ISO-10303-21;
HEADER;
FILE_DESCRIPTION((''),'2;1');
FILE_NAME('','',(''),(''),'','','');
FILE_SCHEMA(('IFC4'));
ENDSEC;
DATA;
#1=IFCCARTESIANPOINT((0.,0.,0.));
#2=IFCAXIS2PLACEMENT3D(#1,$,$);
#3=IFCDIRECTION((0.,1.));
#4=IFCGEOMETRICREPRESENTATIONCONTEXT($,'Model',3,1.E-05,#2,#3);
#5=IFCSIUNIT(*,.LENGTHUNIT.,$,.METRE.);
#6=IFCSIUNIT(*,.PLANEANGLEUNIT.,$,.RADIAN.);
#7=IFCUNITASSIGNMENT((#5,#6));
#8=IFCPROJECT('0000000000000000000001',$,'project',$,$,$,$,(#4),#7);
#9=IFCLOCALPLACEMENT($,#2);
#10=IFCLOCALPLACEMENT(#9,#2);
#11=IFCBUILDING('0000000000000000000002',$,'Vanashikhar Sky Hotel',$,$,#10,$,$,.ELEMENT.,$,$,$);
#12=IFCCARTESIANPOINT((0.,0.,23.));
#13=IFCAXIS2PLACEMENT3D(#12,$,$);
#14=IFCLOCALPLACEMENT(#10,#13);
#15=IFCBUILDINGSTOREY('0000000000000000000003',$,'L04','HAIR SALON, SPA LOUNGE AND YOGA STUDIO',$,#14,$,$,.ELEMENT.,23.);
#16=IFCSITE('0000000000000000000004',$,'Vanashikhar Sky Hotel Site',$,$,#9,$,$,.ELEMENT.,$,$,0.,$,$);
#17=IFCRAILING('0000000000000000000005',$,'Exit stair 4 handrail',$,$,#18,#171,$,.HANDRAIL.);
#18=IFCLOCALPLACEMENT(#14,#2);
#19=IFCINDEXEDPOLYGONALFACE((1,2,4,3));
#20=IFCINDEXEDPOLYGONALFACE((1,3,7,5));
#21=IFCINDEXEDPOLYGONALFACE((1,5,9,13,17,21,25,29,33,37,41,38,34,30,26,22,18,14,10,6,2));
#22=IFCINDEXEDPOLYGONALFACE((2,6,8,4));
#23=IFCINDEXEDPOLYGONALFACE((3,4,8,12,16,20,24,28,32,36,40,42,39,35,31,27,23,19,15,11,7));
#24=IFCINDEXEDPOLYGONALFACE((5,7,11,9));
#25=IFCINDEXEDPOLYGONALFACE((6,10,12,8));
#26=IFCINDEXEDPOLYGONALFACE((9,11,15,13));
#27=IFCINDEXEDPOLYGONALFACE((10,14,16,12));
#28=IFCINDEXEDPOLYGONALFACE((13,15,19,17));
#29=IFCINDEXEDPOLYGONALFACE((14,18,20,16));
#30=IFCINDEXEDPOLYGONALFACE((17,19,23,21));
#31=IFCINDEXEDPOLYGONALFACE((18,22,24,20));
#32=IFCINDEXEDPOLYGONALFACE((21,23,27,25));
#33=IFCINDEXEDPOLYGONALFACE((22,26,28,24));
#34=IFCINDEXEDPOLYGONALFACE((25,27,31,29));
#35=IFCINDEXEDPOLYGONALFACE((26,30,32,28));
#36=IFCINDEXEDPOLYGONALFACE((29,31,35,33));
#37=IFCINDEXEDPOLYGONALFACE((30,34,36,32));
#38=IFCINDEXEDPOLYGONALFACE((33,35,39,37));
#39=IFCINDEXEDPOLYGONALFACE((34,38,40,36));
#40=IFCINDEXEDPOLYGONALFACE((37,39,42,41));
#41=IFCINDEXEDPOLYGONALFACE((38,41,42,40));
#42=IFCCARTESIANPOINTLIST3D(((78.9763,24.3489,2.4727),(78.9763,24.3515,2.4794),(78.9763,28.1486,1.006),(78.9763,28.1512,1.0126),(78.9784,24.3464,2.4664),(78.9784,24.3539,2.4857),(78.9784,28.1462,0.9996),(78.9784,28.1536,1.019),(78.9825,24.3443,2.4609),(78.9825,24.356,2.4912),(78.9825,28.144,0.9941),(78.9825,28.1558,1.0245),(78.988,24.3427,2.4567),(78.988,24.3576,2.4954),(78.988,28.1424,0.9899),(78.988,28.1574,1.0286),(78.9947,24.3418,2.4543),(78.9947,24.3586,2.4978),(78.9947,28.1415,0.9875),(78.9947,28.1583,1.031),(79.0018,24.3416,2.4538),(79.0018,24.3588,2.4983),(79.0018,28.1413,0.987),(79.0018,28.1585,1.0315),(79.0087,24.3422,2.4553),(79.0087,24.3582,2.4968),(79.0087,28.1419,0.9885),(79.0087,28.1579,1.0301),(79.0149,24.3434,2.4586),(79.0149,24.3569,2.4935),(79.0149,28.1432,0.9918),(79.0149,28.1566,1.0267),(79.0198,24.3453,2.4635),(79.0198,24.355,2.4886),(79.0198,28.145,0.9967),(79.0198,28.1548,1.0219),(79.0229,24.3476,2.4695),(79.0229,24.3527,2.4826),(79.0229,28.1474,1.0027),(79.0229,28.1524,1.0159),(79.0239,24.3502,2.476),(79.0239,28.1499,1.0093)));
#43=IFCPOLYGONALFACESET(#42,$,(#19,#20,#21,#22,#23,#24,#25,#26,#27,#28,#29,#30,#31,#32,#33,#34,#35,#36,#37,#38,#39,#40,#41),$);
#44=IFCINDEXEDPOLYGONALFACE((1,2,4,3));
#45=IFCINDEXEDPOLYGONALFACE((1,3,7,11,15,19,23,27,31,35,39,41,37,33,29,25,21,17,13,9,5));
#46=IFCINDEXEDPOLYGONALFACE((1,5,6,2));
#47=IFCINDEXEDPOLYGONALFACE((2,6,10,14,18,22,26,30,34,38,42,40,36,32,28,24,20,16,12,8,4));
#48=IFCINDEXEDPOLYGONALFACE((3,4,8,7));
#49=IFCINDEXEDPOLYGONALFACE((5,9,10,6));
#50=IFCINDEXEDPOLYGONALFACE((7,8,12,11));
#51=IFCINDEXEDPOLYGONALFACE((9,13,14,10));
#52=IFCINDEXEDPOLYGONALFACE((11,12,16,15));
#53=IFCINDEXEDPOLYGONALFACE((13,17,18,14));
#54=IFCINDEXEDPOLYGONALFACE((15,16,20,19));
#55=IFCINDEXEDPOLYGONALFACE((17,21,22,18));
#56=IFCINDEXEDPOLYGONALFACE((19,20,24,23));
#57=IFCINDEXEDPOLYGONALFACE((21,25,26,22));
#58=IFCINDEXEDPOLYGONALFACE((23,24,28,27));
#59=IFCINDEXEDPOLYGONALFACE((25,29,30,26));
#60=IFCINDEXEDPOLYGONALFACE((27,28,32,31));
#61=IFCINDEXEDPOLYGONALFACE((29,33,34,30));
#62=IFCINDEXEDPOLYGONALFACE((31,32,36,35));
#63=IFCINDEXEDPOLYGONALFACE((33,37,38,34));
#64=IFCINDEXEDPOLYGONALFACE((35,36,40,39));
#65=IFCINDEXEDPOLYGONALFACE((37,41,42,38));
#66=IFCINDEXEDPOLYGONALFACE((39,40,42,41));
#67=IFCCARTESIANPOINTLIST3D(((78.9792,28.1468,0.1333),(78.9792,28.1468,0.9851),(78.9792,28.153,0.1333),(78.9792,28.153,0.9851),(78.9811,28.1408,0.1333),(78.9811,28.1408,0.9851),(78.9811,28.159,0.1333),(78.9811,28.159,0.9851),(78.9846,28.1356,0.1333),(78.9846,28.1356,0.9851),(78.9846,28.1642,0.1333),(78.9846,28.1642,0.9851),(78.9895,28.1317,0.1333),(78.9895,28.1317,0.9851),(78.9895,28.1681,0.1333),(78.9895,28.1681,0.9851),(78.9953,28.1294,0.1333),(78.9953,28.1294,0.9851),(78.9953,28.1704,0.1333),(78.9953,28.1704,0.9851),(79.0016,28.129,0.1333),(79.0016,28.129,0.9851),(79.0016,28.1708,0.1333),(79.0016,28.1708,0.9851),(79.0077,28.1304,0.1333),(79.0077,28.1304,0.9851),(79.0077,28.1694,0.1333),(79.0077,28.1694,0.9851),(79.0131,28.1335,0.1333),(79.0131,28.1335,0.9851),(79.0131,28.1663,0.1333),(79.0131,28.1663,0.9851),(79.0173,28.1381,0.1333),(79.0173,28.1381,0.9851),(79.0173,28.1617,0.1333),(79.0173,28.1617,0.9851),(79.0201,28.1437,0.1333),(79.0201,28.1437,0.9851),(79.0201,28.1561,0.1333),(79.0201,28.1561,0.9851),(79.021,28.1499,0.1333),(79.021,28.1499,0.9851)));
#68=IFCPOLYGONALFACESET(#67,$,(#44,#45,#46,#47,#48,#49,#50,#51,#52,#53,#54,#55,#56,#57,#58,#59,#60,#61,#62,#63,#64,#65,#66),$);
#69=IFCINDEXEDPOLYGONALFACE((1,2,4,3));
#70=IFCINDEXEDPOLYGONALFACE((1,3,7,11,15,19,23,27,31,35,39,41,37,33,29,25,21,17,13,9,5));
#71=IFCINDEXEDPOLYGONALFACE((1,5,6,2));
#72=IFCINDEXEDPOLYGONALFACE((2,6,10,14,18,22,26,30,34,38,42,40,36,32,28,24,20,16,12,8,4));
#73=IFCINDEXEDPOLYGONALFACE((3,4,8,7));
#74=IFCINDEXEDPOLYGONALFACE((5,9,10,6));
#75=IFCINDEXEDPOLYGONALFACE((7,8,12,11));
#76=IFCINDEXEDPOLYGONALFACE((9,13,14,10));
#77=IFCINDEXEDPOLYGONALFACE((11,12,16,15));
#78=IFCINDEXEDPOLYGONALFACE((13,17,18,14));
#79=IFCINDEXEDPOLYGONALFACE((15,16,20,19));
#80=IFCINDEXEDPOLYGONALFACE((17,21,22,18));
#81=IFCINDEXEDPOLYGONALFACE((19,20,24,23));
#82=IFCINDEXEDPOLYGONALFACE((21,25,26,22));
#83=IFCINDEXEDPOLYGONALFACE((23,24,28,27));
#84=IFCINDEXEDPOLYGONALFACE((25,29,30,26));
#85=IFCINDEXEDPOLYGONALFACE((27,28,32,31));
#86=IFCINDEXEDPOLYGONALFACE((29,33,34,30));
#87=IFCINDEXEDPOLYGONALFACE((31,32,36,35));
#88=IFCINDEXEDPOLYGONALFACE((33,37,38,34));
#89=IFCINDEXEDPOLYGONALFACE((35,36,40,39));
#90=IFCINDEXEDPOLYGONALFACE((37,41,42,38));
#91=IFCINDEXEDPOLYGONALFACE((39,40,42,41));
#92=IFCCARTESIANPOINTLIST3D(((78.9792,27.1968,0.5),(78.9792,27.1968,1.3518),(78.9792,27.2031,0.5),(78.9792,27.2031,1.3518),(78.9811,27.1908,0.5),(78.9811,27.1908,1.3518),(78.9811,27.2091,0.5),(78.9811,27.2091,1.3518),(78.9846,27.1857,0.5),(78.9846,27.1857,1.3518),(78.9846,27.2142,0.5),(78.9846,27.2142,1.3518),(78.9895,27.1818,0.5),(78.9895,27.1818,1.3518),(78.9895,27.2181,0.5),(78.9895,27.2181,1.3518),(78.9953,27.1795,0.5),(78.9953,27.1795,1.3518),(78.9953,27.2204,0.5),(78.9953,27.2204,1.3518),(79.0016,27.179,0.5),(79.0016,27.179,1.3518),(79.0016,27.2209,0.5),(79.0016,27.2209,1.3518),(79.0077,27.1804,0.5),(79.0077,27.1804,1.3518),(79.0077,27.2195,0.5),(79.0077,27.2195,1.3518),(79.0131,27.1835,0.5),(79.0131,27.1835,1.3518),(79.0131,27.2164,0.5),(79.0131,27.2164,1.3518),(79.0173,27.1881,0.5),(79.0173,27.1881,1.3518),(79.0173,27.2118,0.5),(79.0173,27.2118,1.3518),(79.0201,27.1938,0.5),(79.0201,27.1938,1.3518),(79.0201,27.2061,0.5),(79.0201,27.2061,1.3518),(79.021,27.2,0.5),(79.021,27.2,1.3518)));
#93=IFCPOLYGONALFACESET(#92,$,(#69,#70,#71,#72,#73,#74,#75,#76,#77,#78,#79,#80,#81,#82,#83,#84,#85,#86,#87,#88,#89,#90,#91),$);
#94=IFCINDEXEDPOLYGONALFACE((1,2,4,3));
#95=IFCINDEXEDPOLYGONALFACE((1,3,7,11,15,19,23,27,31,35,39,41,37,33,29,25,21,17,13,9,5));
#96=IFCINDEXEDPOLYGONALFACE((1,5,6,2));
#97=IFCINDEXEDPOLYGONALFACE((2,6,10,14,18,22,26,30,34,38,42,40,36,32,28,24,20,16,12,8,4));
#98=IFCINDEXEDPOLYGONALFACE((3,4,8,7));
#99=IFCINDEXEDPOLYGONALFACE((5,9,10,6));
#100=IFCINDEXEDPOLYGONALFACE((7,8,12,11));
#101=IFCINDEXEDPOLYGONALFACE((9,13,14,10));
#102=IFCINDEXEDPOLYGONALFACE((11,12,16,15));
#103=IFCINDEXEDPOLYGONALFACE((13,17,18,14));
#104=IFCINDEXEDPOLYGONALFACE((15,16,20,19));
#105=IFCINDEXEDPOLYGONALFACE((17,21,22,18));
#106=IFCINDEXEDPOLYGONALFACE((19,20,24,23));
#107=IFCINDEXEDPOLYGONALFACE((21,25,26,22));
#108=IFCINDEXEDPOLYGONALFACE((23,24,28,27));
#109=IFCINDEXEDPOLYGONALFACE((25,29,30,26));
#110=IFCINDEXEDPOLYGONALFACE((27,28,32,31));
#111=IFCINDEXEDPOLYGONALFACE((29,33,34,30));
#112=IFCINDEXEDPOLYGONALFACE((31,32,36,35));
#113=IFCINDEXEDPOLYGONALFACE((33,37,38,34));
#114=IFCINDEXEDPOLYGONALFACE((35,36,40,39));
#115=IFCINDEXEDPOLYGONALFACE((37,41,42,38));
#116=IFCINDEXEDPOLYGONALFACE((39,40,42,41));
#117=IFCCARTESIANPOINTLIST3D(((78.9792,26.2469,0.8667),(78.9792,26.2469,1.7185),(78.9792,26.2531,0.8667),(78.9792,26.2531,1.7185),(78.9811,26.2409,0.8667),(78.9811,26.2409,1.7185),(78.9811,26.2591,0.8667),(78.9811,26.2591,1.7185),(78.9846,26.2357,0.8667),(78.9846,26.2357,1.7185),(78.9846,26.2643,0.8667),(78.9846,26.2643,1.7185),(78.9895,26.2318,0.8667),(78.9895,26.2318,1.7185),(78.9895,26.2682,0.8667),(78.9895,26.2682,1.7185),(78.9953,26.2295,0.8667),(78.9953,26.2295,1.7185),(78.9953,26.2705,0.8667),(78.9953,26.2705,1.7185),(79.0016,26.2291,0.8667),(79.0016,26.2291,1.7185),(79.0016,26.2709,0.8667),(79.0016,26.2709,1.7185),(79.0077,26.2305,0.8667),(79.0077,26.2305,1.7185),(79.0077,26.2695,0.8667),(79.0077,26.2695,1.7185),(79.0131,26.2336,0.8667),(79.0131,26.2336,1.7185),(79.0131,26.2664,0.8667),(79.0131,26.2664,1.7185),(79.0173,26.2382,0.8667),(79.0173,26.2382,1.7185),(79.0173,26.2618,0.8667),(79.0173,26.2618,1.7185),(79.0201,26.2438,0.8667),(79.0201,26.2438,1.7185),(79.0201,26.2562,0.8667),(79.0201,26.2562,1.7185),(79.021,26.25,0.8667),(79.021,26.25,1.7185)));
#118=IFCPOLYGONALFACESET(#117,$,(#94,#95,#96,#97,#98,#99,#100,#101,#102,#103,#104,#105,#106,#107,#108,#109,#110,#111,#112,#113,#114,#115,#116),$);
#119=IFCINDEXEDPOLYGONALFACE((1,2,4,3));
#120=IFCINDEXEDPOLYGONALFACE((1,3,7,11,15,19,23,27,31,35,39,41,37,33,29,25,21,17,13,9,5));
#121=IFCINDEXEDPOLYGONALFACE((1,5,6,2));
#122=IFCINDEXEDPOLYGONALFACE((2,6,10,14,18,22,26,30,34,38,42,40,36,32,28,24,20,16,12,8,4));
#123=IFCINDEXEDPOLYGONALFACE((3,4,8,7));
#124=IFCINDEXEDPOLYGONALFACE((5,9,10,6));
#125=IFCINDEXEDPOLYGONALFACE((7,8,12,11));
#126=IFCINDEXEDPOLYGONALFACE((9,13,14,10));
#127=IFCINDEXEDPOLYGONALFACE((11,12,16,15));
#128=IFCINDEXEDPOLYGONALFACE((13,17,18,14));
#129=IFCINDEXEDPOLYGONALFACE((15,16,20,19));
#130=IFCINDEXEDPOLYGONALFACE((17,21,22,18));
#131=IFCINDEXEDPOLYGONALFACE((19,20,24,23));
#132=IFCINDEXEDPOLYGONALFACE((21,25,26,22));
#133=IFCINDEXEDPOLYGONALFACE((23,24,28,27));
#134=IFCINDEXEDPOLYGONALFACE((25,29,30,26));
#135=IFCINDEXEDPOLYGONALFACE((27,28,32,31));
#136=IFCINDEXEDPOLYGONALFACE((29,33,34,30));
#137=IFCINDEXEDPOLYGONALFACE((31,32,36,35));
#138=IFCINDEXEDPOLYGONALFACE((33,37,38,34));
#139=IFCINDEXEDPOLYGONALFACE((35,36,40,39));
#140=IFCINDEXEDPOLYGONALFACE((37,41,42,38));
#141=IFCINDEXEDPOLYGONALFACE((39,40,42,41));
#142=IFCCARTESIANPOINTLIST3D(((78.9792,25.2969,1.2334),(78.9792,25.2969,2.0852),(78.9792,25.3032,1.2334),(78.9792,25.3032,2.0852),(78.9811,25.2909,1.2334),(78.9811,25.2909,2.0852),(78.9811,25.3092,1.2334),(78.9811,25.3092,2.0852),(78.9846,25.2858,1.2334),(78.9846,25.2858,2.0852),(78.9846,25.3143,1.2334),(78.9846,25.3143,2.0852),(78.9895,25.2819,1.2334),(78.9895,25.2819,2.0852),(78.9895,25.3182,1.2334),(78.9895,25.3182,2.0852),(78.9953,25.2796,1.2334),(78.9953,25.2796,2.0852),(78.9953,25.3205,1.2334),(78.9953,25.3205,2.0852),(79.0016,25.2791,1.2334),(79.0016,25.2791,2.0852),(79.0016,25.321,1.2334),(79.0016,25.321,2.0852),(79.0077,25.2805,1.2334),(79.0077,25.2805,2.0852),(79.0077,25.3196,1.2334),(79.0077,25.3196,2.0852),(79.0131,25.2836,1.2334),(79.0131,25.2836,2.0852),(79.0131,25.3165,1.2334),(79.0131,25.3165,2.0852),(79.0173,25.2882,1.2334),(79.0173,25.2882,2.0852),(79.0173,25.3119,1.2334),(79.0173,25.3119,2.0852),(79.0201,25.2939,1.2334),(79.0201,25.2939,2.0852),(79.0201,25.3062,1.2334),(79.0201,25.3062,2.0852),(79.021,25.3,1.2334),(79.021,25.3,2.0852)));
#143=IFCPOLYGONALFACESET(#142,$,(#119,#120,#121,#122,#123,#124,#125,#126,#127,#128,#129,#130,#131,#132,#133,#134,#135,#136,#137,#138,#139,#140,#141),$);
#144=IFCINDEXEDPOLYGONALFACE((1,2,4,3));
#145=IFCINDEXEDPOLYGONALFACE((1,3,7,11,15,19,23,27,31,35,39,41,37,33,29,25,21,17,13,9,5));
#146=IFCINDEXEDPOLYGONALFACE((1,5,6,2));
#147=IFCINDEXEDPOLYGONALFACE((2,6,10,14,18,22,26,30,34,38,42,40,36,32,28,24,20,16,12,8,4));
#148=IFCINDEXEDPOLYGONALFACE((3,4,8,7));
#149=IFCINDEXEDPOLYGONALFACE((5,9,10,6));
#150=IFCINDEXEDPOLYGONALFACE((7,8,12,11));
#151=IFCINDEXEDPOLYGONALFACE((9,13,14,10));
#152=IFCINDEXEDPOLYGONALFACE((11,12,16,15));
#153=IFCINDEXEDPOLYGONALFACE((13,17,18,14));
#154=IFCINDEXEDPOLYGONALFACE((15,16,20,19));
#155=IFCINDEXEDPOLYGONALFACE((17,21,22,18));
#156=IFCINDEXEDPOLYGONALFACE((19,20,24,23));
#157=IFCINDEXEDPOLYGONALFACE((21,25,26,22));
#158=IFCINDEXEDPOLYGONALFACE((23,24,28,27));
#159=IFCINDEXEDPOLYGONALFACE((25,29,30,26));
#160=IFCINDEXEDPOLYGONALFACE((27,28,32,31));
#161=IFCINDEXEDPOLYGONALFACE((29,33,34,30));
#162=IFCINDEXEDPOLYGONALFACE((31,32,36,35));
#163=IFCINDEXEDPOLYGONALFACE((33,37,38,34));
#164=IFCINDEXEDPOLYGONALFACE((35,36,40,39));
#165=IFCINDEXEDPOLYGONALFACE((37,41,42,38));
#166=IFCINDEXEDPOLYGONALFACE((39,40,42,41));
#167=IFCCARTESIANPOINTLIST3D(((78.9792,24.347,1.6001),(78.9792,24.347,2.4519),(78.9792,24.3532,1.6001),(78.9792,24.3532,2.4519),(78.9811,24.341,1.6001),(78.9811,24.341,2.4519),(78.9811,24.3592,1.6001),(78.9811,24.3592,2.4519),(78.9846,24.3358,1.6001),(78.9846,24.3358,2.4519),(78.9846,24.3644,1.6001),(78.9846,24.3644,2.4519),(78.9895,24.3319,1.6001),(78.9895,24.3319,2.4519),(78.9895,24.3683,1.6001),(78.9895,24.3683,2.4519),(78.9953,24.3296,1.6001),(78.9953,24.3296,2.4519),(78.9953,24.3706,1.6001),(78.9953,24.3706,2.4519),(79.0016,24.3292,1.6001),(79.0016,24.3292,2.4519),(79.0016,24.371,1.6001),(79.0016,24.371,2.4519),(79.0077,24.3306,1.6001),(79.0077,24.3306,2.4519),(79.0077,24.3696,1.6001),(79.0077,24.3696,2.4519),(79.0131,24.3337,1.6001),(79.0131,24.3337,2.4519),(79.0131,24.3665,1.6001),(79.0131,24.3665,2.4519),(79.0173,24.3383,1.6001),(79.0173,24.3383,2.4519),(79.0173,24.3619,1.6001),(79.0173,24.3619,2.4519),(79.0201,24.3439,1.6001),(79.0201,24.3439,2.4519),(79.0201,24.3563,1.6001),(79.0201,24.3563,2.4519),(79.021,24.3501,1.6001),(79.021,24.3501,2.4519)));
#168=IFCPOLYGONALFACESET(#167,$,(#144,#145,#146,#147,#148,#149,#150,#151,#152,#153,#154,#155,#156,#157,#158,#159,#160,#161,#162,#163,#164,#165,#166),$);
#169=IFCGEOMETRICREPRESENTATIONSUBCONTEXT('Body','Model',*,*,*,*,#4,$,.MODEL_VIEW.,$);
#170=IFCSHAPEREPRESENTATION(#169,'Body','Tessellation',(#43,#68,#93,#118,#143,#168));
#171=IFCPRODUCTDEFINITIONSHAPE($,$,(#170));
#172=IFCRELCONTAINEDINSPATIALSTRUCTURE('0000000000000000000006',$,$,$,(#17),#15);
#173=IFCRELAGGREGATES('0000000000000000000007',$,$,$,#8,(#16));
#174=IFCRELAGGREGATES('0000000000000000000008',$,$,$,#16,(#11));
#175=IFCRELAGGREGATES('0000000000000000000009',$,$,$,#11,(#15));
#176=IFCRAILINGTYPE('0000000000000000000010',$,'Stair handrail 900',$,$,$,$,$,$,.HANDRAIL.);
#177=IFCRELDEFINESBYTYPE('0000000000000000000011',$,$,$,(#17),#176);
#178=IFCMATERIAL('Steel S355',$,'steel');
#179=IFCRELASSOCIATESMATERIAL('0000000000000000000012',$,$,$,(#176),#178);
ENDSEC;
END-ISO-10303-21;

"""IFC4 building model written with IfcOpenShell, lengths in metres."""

from ifc_helpers import new_model, si_unit, direction, frame, origin, origin_2d, place, context, subcontext, project, spatial, circle, extrude, source, transform, mapped, material, type_object, element, save


model = new_model("IFC4")

# Units and contexts
model_context = context("Model", 3, precision=1e-05, world=origin(), true_north=direction((0.0, 1.0)))
body_context = subcontext(model_context, "Body", "Model", "MODEL_VIEW")
ifc_project = project(units=[si_unit("LENGTHUNIT", "METRE"), si_unit("PLANEANGLEUNIT", "RADIAN")], contexts=[model_context])

# Site, building, storey
site_placement = place(None, origin())
site = spatial("IfcSite", under=ifc_project, at=site_placement, Name="Vanashikhar Sky Hotel Site", CompositionType="ELEMENT", RefElevation=0.0)
building_placement = place(site_placement, origin())
building = spatial("IfcBuilding", under=site, at=building_placement, Name="Vanashikhar Sky Hotel", CompositionType="ELEMENT")
storey_placement = place(building_placement, frame((0.0, 0.0, 23.0)))
storey = spatial("IfcBuildingStorey", under=building, at=storey_placement, Name="L04", Description="HAIR SALON, SPA LOUNGE AND YOGA STUDIO", CompositionType="ELEMENT", Elevation=23.0)

# Railing
ifc_material_1 = material(Name="Steel S355", Category="steel")
railing_type_1 = type_object("IfcRailingType", Name="Stair handrail 900", PredefinedType="HANDRAIL", material=ifc_material_1)
shared_shape_1 = source(origin(), body_context, "Body", "SweptSolid", [
    extrude(circle(Radius=0.0239, at=origin_2d()), frame((0.0, 0.0, 0.876), z_axis=(0.0, -0.932906, 0.36012), x_axis=(1.0, 0.0, 0.0)), (0.0, 0.0, 1.0), 4.073),
    extrude(circle(Radius=0.021, at=origin_2d()), origin(), (0.0, 0.0, 1.0), 0.8518),
    extrude(circle(Radius=0.021, at=origin_2d()), frame((0.0, -0.95, 0.3667)), (0.0, 0.0, 1.0), 0.8518),
    extrude(circle(Radius=0.021, at=origin_2d()), frame((0.0, -1.8999, 0.7334)), (0.0, 0.0, 1.0), 0.8518),
    extrude(circle(Radius=0.021, at=origin_2d()), frame((0.0, -2.8499, 1.1001)), (0.0, 0.0, 1.0), 0.8518),
    extrude(circle(Radius=0.021, at=origin_2d()), frame((0.0, -3.7998, 1.4668)), (0.0, 0.0, 1.0), 0.8518),
])
for number, where, name in (
    (1, (79.0, 28.1499, 0.1333), "Exit stair 4 handrail"),
):
    element("IfcRailing", number, at=place(storey_placement, frame(where)), inside=storey, type_object=railing_type_1, Name=name, PredefinedType="HANDRAIL", context=body_context, shape_type="MappedRepresentation", body=[
        mapped(shared_shape_1, transform((0.0, 0.0, 0.0), scale=1.0)),
    ])

save(model, "model.ifc")
